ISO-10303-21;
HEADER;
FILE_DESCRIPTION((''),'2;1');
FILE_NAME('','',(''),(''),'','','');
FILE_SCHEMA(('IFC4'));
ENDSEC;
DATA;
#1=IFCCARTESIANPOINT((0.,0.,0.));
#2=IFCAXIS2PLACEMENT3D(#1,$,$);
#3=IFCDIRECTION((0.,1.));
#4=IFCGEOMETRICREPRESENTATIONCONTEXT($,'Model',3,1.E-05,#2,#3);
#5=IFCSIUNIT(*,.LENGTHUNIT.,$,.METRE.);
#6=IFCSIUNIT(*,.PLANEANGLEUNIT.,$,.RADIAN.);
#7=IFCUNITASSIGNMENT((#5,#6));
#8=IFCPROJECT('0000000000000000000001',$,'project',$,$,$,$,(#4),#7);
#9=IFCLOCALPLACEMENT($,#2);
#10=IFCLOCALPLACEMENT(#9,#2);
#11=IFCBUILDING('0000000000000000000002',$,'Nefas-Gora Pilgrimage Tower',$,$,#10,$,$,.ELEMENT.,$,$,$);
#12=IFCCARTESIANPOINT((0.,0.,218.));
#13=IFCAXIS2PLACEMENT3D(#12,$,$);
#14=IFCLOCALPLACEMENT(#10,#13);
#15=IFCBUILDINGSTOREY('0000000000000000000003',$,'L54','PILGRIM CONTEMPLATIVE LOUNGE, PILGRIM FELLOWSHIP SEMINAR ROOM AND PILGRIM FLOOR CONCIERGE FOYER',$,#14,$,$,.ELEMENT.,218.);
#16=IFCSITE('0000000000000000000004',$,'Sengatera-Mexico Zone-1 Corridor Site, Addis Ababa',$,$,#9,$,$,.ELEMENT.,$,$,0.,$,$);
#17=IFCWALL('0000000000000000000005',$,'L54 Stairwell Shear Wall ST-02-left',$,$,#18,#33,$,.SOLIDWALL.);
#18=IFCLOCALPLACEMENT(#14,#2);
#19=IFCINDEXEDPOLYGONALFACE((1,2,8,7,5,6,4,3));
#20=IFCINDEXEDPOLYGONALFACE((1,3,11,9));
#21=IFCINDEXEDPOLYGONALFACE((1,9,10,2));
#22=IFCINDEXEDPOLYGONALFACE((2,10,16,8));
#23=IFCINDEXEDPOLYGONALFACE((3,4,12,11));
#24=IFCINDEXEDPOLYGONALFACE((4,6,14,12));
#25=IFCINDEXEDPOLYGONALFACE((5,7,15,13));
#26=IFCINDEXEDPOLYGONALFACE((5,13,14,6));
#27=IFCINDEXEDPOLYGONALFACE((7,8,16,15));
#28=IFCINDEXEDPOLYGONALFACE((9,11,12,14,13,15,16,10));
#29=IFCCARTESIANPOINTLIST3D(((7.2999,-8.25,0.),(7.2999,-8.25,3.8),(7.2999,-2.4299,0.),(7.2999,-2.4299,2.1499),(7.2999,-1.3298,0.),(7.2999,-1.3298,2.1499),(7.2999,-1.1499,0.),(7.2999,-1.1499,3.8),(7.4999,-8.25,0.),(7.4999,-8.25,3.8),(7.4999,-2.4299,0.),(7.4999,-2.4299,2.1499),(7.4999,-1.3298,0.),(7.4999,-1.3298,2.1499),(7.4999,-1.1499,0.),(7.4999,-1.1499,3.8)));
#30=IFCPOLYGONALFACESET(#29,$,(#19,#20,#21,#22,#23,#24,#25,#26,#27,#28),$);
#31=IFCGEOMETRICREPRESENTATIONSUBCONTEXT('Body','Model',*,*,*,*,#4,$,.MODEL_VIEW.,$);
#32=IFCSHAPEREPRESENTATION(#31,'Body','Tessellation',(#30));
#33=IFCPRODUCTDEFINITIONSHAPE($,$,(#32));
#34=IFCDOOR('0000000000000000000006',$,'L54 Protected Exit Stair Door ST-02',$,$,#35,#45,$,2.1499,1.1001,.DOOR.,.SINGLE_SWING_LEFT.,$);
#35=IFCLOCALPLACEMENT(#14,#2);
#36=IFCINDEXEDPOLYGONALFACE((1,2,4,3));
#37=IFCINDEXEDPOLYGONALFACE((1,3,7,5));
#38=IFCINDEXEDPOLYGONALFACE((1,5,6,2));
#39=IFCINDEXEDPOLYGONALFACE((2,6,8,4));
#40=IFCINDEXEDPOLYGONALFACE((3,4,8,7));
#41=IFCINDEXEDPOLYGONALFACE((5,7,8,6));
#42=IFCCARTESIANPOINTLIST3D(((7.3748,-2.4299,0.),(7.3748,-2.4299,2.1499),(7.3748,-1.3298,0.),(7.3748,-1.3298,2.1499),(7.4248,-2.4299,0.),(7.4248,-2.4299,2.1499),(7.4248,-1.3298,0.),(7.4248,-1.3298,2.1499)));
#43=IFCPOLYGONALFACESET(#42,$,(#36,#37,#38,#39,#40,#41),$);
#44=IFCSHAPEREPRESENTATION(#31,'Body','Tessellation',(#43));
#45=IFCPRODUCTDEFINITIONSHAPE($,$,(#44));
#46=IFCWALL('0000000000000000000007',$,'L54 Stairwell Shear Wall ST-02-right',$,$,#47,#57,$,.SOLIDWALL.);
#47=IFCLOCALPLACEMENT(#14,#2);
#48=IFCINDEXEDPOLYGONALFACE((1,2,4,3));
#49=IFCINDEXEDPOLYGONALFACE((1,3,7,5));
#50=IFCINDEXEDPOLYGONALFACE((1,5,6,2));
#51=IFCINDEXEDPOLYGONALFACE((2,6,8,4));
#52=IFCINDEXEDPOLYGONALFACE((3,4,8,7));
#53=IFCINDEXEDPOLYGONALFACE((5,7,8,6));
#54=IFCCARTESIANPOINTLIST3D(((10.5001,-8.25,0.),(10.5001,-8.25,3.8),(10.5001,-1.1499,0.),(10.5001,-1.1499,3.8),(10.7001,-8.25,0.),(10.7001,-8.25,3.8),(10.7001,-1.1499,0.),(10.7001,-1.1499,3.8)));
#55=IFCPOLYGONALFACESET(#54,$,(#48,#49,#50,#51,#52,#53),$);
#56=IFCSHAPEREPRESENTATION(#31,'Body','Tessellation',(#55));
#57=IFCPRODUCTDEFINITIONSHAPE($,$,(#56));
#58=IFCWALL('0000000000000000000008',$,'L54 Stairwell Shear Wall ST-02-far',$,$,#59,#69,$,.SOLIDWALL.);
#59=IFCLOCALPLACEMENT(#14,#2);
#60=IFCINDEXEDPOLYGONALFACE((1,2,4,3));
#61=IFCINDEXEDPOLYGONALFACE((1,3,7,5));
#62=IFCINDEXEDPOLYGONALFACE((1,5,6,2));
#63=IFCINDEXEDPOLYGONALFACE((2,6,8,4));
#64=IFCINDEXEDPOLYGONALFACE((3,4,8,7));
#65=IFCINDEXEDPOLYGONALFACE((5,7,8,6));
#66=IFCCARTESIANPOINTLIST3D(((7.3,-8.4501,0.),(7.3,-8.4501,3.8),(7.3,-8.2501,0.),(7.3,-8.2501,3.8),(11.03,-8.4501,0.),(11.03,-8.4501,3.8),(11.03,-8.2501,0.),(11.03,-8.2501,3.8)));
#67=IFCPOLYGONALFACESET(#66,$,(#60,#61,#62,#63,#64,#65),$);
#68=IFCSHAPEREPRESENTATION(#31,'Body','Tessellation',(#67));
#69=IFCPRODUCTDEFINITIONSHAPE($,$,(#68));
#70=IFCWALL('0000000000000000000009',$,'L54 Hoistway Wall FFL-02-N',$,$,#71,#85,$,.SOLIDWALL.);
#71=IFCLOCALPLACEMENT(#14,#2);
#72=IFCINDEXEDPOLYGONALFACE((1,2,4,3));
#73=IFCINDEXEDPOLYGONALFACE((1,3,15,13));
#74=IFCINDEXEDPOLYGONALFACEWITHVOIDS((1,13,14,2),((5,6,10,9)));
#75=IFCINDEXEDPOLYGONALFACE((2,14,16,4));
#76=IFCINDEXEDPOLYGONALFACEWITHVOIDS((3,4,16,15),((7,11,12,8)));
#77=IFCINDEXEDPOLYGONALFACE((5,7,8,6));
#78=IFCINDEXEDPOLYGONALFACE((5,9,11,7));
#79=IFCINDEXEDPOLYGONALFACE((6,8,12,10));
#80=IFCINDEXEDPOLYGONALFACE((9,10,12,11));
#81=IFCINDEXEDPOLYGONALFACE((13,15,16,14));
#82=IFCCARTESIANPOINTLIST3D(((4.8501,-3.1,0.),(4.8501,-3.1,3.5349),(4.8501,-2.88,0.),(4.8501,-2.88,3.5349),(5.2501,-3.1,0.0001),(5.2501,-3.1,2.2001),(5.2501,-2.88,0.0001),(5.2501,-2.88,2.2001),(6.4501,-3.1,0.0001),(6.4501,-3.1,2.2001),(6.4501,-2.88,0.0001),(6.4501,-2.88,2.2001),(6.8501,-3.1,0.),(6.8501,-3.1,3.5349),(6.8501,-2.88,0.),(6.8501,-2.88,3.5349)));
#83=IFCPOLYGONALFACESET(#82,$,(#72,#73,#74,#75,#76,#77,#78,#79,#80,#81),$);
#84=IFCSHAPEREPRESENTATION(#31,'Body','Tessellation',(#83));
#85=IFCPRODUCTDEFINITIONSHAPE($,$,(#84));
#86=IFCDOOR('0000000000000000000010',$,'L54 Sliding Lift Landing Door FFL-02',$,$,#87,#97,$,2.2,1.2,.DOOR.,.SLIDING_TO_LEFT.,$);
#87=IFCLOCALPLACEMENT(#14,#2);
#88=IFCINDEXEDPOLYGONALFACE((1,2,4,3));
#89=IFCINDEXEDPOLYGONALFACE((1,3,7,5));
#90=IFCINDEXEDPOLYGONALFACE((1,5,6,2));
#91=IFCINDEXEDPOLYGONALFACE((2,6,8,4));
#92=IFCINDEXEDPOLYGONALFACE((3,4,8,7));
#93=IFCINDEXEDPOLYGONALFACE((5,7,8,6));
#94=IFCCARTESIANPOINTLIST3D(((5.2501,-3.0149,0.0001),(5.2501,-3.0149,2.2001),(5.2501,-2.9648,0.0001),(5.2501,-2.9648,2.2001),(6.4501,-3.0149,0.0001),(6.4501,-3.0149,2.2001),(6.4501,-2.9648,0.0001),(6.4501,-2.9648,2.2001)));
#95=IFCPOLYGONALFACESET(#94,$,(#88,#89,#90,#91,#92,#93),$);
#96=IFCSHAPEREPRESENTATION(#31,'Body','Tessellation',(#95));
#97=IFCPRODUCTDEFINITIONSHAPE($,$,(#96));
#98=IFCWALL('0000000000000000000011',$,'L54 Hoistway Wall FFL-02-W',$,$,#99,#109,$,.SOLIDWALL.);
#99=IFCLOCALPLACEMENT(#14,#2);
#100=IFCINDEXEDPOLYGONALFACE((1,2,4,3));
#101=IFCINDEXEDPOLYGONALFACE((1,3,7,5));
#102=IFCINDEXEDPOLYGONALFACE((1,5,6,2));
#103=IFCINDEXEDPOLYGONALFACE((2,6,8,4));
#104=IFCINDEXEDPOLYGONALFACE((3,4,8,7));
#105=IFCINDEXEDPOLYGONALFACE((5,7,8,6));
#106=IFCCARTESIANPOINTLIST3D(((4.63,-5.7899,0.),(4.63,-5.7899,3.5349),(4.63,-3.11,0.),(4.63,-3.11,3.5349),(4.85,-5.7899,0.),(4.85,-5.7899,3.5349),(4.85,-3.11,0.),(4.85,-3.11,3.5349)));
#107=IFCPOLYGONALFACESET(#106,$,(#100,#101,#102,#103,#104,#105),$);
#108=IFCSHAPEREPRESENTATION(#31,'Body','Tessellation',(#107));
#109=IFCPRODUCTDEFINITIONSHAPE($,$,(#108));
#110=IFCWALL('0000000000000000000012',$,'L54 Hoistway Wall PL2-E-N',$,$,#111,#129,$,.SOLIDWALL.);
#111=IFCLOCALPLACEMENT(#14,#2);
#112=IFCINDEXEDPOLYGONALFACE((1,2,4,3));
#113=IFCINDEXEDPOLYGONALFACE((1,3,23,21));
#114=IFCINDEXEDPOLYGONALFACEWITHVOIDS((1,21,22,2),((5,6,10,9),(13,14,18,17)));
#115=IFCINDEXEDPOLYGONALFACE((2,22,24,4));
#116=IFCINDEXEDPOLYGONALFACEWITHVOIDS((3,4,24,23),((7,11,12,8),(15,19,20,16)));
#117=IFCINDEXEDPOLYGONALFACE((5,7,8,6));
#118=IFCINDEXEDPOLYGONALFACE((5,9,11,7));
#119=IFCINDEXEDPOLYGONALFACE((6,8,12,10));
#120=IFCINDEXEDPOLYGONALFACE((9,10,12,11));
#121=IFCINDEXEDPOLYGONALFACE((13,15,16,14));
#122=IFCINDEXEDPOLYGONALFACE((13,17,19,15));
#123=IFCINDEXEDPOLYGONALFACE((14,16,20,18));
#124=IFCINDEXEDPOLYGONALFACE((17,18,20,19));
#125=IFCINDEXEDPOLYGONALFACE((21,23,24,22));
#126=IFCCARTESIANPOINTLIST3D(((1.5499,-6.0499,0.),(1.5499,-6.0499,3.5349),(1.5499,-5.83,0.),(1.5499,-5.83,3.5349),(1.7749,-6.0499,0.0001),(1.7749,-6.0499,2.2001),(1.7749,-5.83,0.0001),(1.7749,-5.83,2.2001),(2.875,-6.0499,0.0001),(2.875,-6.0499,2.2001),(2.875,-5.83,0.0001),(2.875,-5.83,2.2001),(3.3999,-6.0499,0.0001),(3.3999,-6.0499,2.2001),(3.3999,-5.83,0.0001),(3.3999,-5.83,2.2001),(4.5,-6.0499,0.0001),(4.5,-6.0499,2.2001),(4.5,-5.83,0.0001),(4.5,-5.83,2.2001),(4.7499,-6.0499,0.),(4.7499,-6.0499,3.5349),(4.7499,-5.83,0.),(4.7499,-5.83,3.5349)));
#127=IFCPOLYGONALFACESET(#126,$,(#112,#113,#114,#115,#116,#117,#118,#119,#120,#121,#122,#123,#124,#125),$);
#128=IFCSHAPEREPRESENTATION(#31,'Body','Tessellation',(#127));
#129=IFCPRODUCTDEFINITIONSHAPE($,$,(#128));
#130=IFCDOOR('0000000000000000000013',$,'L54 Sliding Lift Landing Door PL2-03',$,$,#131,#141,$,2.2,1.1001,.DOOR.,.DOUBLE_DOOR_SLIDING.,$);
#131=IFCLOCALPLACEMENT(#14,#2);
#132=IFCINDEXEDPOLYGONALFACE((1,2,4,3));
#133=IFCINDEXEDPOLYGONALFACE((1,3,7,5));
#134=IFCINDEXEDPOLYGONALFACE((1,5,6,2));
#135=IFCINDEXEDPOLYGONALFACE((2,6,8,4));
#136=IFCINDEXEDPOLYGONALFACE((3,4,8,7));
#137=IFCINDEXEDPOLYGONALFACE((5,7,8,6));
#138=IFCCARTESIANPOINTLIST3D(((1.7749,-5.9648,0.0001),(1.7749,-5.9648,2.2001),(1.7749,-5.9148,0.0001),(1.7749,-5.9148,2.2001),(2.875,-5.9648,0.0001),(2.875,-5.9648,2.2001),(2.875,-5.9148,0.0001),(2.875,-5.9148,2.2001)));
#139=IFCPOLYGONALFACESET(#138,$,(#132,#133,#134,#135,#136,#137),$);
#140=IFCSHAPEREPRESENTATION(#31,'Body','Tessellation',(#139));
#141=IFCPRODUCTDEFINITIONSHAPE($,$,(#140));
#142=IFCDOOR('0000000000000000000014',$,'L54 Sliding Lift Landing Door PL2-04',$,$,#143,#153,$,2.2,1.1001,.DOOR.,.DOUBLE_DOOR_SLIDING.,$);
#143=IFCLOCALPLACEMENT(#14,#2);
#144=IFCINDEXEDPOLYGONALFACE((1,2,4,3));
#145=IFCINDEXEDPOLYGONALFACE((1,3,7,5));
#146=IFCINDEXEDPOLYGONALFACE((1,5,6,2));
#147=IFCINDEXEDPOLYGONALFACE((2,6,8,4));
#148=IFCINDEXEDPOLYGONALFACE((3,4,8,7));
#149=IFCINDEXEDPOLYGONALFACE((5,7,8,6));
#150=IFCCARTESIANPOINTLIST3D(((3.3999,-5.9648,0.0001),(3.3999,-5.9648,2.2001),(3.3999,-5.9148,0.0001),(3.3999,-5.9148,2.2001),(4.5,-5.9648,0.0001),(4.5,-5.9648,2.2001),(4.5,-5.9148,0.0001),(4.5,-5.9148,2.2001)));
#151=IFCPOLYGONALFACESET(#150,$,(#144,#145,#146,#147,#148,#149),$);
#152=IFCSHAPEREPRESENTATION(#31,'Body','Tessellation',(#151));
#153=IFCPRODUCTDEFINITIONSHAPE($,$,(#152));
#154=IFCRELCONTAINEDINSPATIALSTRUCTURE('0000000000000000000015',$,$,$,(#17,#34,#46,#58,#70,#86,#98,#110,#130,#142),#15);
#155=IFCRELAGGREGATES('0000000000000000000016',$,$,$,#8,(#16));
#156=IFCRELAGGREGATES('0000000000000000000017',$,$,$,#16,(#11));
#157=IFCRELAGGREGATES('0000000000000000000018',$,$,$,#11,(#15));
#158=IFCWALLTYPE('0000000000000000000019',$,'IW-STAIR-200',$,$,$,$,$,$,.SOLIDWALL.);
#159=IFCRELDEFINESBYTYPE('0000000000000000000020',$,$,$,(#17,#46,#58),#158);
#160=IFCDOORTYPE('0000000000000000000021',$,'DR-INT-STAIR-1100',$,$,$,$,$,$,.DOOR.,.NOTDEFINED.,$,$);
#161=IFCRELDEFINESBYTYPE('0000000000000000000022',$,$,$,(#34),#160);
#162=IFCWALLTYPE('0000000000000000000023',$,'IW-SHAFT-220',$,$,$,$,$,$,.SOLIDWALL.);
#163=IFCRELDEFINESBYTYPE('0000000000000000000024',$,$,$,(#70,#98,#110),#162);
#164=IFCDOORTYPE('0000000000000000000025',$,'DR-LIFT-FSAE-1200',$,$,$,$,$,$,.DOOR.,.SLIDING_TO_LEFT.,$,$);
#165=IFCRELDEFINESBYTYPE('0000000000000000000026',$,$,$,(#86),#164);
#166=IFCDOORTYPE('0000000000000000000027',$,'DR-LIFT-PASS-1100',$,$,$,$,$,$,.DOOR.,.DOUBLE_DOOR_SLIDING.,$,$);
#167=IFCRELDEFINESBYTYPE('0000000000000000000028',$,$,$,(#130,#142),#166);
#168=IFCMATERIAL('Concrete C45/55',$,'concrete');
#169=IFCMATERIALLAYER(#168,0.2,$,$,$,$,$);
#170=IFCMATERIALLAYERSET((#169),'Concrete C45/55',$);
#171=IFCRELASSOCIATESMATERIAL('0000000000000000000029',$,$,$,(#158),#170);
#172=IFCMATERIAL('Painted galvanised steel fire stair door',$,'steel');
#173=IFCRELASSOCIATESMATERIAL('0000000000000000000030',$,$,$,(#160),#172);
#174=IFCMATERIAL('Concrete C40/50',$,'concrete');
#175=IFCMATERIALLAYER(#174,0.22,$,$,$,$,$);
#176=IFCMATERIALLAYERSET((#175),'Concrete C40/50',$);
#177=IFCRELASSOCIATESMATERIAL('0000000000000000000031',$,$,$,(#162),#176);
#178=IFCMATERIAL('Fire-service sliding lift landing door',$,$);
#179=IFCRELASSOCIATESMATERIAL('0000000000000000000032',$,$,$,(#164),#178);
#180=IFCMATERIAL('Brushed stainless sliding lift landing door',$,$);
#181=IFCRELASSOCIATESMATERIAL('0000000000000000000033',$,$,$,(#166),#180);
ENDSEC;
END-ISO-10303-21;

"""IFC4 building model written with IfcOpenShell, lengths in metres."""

from ifc_helpers import new_model, si_unit, direction, frame, frame_2d, origin, place, context, subcontext, project, spatial, rectangle, extrude, source, transform, mapped, material, layer, layer_set, type_object, element, fill, save


model = new_model("IFC4")

# Units and contexts
model_context = context("Model", 3, precision=1e-05, world=origin(), true_north=direction((0.0, 1.0)))
body_context = subcontext(model_context, "Body", "Model", "MODEL_VIEW")
ifc_project = project(units=[si_unit("LENGTHUNIT", "METRE"), si_unit("PLANEANGLEUNIT", "RADIAN")], contexts=[model_context])

# Site, building, storey
site_placement = place(None, origin())
site = spatial("IfcSite", under=ifc_project, at=site_placement, Name="Sengatera-Mexico Zone-1 Corridor Site, Addis Ababa", CompositionType="ELEMENT", RefElevation=0.0)
building_placement = place(site_placement, origin())
building = spatial("IfcBuilding", under=site, at=building_placement, Name="Nefas-Gora Pilgrimage Tower", CompositionType="ELEMENT")
storey_placement = place(building_placement, frame((0.0, 0.0, 218.0)))
storey = spatial("IfcBuildingStorey", under=building, at=storey_placement, Name="L54", Description="PILGRIM CONTEMPLATIVE LOUNGE, PILGRIM FELLOWSHIP SEMINAR ROOM AND PILGRIM FLOOR CONCIERGE FOYER", CompositionType="ELEMENT", Elevation=218.0)

# Shared definitions
ifc_material_1 = material(Name="Concrete C40/50", Category="concrete")

# Shared definitions
ifc_material_2 = material(Name="Concrete C45/55", Category="concrete")
ifc_layer_1 = layer(ifc_material_2, 0.2)
ifc_layer_set_1 = layer_set([ifc_layer_1], Name="Concrete C45/55")
wall_type_1 = type_object("IfcWallType", Name="IW-STAIR-200", PredefinedType="SOLIDWALL", material=ifc_layer_set_1)

# Wall, opening, door
shared_shape_1 = source(origin(), body_context, "Body", "SweptSolid", [
    extrude(rectangle(XDim=7.1001, YDim=0.2, at=frame_2d((3.55, 0.0))), origin(), (0.0, 0.0, 1.0), 3.8),
])
wall_1_placement = place(storey_placement, frame((7.3999, -1.1499, 0.0), z_axis=(0.0, 0.0, 1.0), x_axis=(0.0, -1.0, 0.0)))
wall_1 = element("IfcWall", 1, at=wall_1_placement, inside=storey, type_object=wall_type_1, Name="L54 Stairwell Shear Wall ST-02-left", PredefinedType="SOLIDWALL", context=body_context, shape_type="MappedRepresentation", body=[
    mapped(shared_shape_1, transform((0.0, 0.0, 0.0), x_axis=(1.0, 0.0, 0.0), y_axis=(0.0, 1.0, 0.0), z_axis=(0.0, 0.0, 1.0), scale=1.0)),
])
opening_1_placement = place(wall_1_placement, frame((0.1799, 0.0, 0.0)))
opening_1 = element("IfcOpeningElement", 2, at=opening_1_placement, cuts=wall_1, PredefinedType="OPENING", context=body_context, shape_type="SweptSolid", body=[
    extrude(rectangle(XDim=1.1001, YDim=2.1499, at=frame_2d((0.55, 1.075))), frame((0.0, 0.1099, 0.0), z_axis=(0.0, -1.0, 0.0), x_axis=(1.0, 0.0, 0.0)), (0.0, 0.0, 1.0), 0.22),
])
ifc_material_3 = material(Name="Painted galvanised steel fire stair door", Category="steel")
door_type_1 = type_object("IfcDoorType", Name="DR-INT-STAIR-1100", OperationType="NOTDEFINED", PredefinedType="DOOR", material=ifc_material_3)
shared_shape_2 = source(origin(), body_context, "Body", "SweptSolid", [
    extrude(rectangle(XDim=1.1001, YDim=2.1499, at=frame_2d((0.55, 1.075))), frame((0.0, 0.0249, 0.0), z_axis=(0.0, -1.0, 0.0), x_axis=(1.0, 0.0, 0.0)), (0.0, 0.0, 1.0), 0.05),
])
door_1_placement = place(opening_1_placement, origin())
door_1 = element("IfcDoor", 3, at=door_1_placement, inside=storey, type_object=door_type_1, Name="L54 Protected Exit Stair Door ST-02", OperationType="SINGLE_SWING_LEFT", OverallHeight=2.1499, OverallWidth=1.1001, PredefinedType="DOOR", context=body_context, shape_type="MappedRepresentation", body=[
    mapped(shared_shape_2, transform((0.0, 0.0, 0.0), x_axis=(1.0, 0.0, 0.0), y_axis=(0.0, 1.0, 0.0), z_axis=(0.0, 0.0, 1.0), scale=1.0)),
])
fill(opening_1, door_1)

# Walls
wall_2_placement = place(storey_placement, frame((10.6001, -1.1499, 0.0), z_axis=(0.0, 0.0, 1.0), x_axis=(0.0, -1.0, 0.0)))
element("IfcWall", 4, at=wall_2_placement, inside=storey, type_object=wall_type_1, Name="L54 Stairwell Shear Wall ST-02-right", PredefinedType="SOLIDWALL", context=body_context, shape_type="MappedRepresentation", body=[
    mapped(shared_shape_1, transform((0.0, 0.0, 0.0), x_axis=(1.0, 0.0, 0.0), y_axis=(0.0, 1.0, 0.0), z_axis=(0.0, 0.0, 1.0), scale=1.0)),
])
shared_shape_3 = source(origin(), body_context, "Body", "SweptSolid", [
    extrude(rectangle(XDim=3.73, YDim=0.2, at=frame_2d((1.865, 0.0))), origin(), (0.0, 0.0, 1.0), 3.8),
])
wall_3_placement = place(storey_placement, frame((7.3, -8.3501, 0.0), z_axis=(0.0, 0.0, 1.0), x_axis=(1.0, 0.0, 0.0)))
element("IfcWall", 5, at=wall_3_placement, inside=storey, type_object=wall_type_1, Name="L54 Stairwell Shear Wall ST-02-far", PredefinedType="SOLIDWALL", context=body_context, shape_type="MappedRepresentation", body=[
    mapped(shared_shape_3, transform((0.0, 0.0, 0.0), x_axis=(1.0, 0.0, 0.0), y_axis=(0.0, 1.0, 0.0), z_axis=(0.0, 0.0, 1.0), scale=1.0)),
])

# Wall, opening, door
ifc_layer_2 = layer(ifc_material_1, 0.22)
ifc_layer_set_2 = layer_set([ifc_layer_2], Name="Concrete C40/50")
wall_type_2 = type_object("IfcWallType", Name="IW-SHAFT-220", PredefinedType="SOLIDWALL", material=ifc_layer_set_2)
shared_shape_4 = source(origin(), body_context, "Body", "SweptSolid", [
    extrude(rectangle(XDim=2.0, YDim=0.22, at=frame_2d((1.0, 0.0))), origin(), (0.0, 0.0, 1.0), 3.5349),
])
wall_4_placement = place(storey_placement, frame((6.8501, -2.99, 0.0), z_axis=(0.0, 0.0, 1.0), x_axis=(-1.0, 0.0, 0.0)))
wall_4 = element("IfcWall", 6, at=wall_4_placement, inside=storey, type_object=wall_type_2, Name="L54 Hoistway Wall FFL-02-N", PredefinedType="SOLIDWALL", context=body_context, shape_type="MappedRepresentation", body=[
    mapped(shared_shape_4, transform((0.0, 0.0, 0.0), x_axis=(1.0, 0.0, 0.0), y_axis=(0.0, 1.0, 0.0), z_axis=(0.0, 0.0, 1.0), scale=1.0)),
])
opening_2_placement = place(wall_4_placement, frame((0.3999, 0.0, 0.0)))
opening_2 = element("IfcOpeningElement", 7, at=opening_2_placement, cuts=wall_4, PredefinedType="OPENING", context=body_context, shape_type="SweptSolid", body=[
    extrude(rectangle(XDim=1.2, YDim=2.2, at=frame_2d((0.6001, 1.1001))), frame((0.0, 0.1199, 0.0), z_axis=(0.0, -1.0, 0.0), x_axis=(1.0, 0.0, 0.0)), (0.0, 0.0, 1.0), 0.24),
])
ifc_material_4 = material(Name="Fire-service sliding lift landing door")
door_type_2 = type_object("IfcDoorType", Name="DR-LIFT-FSAE-1200", OperationType="SLIDING_TO_LEFT", PredefinedType="DOOR", material=ifc_material_4)
shared_shape_5 = source(origin(), body_context, "Body", "SweptSolid", [
    extrude(rectangle(XDim=1.2, YDim=2.2, at=frame_2d((0.6001, 1.1001))), frame((0.0, 0.0249, 0.0), z_axis=(0.0, -1.0, 0.0), x_axis=(1.0, 0.0, 0.0)), (0.0, 0.0, 1.0), 0.05),
])
door_2_placement = place(opening_2_placement, origin())
door_2 = element("IfcDoor", 8, at=door_2_placement, inside=storey, type_object=door_type_2, Name="L54 Sliding Lift Landing Door FFL-02", OperationType="SLIDING_TO_LEFT", OverallHeight=2.2, OverallWidth=1.2, PredefinedType="DOOR", context=body_context, shape_type="MappedRepresentation", body=[
    mapped(shared_shape_5, transform((0.0, 0.0, 0.0), x_axis=(1.0, 0.0, 0.0), y_axis=(0.0, 1.0, 0.0), z_axis=(0.0, 0.0, 1.0), scale=1.0)),
])
fill(opening_2, door_2)

# Wall
shared_shape_6 = source(origin(), body_context, "Body", "SweptSolid", [
    extrude(rectangle(XDim=2.6799, YDim=0.22, at=frame_2d((1.3398, 0.0))), origin(), (0.0, 0.0, 1.0), 3.5349),
])
wall_5_placement = place(storey_placement, frame((4.74, -3.1101, 0.0), z_axis=(0.0, 0.0, 1.0), x_axis=(0.0, -1.0, 0.0)))
element("IfcWall", 9, at=wall_5_placement, inside=storey, type_object=wall_type_2, Name="L54 Hoistway Wall FFL-02-W", PredefinedType="SOLIDWALL", context=body_context, shape_type="MappedRepresentation", body=[
    mapped(shared_shape_6, transform((0.0, 0.0, 0.0), x_axis=(1.0, 0.0, 0.0), y_axis=(0.0, 1.0, 0.0), z_axis=(0.0, 0.0, 1.0), scale=1.0)),
])

# Wall, openings, doors
shared_shape_7 = source(origin(), body_context, "Body", "SweptSolid", [
    extrude(rectangle(XDim=3.2, YDim=0.22, at=frame_2d((1.6001, 0.0))), origin(), (0.0, 0.0, 1.0), 3.5349),
])
wall_6_placement = place(storey_placement, frame((4.75, -5.9399, 0.0), z_axis=(0.0, 0.0, 1.0), x_axis=(-1.0, 0.0, 0.0)))
wall_6 = element("IfcWall", 10, at=wall_6_placement, inside=storey, type_object=wall_type_2, Name="L54 Hoistway Wall PL2-E-N", PredefinedType="SOLIDWALL", context=body_context, shape_type="MappedRepresentation", body=[
    mapped(shared_shape_7, transform((0.0, 0.0, 0.0), x_axis=(1.0, 0.0, 0.0), y_axis=(0.0, 1.0, 0.0), z_axis=(0.0, 0.0, 1.0), scale=1.0)),
])
opening_3_placement = place(wall_6_placement, frame((1.875, 0.0, 0.0)))
opening_3 = element("IfcOpeningElement", 11, at=opening_3_placement, cuts=wall_6, PredefinedType="OPENING", context=body_context, shape_type="SweptSolid", body=[
    extrude(rectangle(XDim=1.1001, YDim=2.2, at=frame_2d((0.55, 1.1001))), frame((0.0, 0.1199, 0.0), z_axis=(0.0, -1.0, 0.0), x_axis=(1.0, 0.0, 0.0)), (0.0, 0.0, 1.0), 0.24),
])
opening_4_placement = place(wall_6_placement, frame((0.25, 0.0, 0.0)))
opening_4 = element("IfcOpeningElement", 12, at=opening_4_placement, cuts=wall_6, PredefinedType="OPENING", context=body_context, shape_type="SweptSolid", body=[
    extrude(rectangle(XDim=1.1001, YDim=2.2, at=frame_2d((0.55, 1.1001))), frame((0.0, 0.1199, 0.0), z_axis=(0.0, -1.0, 0.0), x_axis=(1.0, 0.0, 0.0)), (0.0, 0.0, 1.0), 0.24),
])
ifc_material_5 = material(Name="Brushed stainless sliding lift landing door")
door_type_3 = type_object("IfcDoorType", Name="DR-LIFT-PASS-1100", OperationType="DOUBLE_DOOR_SLIDING", PredefinedType="DOOR", material=ifc_material_5)
shared_shape_8 = source(origin(), body_context, "Body", "SweptSolid", [
    extrude(rectangle(XDim=1.1001, YDim=2.2, at=frame_2d((0.55, 1.1001))), frame((0.0, 0.0249, 0.0), z_axis=(0.0, -1.0, 0.0), x_axis=(1.0, 0.0, 0.0)), (0.0, 0.0, 1.0), 0.05),
])
door_3_placement = place(opening_3_placement, origin())
door_3 = element("IfcDoor", 13, at=door_3_placement, inside=storey, type_object=door_type_3, Name="L54 Sliding Lift Landing Door PL2-03", OperationType="DOUBLE_DOOR_SLIDING", OverallHeight=2.2, OverallWidth=1.1001, PredefinedType="DOOR", context=body_context, shape_type="MappedRepresentation", body=[
    mapped(shared_shape_8, transform((0.0, 0.0, 0.0), x_axis=(1.0, 0.0, 0.0), y_axis=(0.0, 1.0, 0.0), z_axis=(0.0, 0.0, 1.0), scale=1.0)),
])
fill(opening_3, door_3)
door_4_placement = place(opening_4_placement, origin())
door_4 = element("IfcDoor", 14, at=door_4_placement, inside=storey, type_object=door_type_3, Name="L54 Sliding Lift Landing Door PL2-04", OperationType="DOUBLE_DOOR_SLIDING", OverallHeight=2.2, OverallWidth=1.1001, PredefinedType="DOOR", context=body_context, shape_type="MappedRepresentation", body=[
    mapped(shared_shape_8, transform((0.0, 0.0, 0.0), x_axis=(1.0, 0.0, 0.0), y_axis=(0.0, 1.0, 0.0), z_axis=(0.0, 0.0, 1.0), scale=1.0)),
])
fill(opening_4, door_4)

save(model, "model.ifc")
